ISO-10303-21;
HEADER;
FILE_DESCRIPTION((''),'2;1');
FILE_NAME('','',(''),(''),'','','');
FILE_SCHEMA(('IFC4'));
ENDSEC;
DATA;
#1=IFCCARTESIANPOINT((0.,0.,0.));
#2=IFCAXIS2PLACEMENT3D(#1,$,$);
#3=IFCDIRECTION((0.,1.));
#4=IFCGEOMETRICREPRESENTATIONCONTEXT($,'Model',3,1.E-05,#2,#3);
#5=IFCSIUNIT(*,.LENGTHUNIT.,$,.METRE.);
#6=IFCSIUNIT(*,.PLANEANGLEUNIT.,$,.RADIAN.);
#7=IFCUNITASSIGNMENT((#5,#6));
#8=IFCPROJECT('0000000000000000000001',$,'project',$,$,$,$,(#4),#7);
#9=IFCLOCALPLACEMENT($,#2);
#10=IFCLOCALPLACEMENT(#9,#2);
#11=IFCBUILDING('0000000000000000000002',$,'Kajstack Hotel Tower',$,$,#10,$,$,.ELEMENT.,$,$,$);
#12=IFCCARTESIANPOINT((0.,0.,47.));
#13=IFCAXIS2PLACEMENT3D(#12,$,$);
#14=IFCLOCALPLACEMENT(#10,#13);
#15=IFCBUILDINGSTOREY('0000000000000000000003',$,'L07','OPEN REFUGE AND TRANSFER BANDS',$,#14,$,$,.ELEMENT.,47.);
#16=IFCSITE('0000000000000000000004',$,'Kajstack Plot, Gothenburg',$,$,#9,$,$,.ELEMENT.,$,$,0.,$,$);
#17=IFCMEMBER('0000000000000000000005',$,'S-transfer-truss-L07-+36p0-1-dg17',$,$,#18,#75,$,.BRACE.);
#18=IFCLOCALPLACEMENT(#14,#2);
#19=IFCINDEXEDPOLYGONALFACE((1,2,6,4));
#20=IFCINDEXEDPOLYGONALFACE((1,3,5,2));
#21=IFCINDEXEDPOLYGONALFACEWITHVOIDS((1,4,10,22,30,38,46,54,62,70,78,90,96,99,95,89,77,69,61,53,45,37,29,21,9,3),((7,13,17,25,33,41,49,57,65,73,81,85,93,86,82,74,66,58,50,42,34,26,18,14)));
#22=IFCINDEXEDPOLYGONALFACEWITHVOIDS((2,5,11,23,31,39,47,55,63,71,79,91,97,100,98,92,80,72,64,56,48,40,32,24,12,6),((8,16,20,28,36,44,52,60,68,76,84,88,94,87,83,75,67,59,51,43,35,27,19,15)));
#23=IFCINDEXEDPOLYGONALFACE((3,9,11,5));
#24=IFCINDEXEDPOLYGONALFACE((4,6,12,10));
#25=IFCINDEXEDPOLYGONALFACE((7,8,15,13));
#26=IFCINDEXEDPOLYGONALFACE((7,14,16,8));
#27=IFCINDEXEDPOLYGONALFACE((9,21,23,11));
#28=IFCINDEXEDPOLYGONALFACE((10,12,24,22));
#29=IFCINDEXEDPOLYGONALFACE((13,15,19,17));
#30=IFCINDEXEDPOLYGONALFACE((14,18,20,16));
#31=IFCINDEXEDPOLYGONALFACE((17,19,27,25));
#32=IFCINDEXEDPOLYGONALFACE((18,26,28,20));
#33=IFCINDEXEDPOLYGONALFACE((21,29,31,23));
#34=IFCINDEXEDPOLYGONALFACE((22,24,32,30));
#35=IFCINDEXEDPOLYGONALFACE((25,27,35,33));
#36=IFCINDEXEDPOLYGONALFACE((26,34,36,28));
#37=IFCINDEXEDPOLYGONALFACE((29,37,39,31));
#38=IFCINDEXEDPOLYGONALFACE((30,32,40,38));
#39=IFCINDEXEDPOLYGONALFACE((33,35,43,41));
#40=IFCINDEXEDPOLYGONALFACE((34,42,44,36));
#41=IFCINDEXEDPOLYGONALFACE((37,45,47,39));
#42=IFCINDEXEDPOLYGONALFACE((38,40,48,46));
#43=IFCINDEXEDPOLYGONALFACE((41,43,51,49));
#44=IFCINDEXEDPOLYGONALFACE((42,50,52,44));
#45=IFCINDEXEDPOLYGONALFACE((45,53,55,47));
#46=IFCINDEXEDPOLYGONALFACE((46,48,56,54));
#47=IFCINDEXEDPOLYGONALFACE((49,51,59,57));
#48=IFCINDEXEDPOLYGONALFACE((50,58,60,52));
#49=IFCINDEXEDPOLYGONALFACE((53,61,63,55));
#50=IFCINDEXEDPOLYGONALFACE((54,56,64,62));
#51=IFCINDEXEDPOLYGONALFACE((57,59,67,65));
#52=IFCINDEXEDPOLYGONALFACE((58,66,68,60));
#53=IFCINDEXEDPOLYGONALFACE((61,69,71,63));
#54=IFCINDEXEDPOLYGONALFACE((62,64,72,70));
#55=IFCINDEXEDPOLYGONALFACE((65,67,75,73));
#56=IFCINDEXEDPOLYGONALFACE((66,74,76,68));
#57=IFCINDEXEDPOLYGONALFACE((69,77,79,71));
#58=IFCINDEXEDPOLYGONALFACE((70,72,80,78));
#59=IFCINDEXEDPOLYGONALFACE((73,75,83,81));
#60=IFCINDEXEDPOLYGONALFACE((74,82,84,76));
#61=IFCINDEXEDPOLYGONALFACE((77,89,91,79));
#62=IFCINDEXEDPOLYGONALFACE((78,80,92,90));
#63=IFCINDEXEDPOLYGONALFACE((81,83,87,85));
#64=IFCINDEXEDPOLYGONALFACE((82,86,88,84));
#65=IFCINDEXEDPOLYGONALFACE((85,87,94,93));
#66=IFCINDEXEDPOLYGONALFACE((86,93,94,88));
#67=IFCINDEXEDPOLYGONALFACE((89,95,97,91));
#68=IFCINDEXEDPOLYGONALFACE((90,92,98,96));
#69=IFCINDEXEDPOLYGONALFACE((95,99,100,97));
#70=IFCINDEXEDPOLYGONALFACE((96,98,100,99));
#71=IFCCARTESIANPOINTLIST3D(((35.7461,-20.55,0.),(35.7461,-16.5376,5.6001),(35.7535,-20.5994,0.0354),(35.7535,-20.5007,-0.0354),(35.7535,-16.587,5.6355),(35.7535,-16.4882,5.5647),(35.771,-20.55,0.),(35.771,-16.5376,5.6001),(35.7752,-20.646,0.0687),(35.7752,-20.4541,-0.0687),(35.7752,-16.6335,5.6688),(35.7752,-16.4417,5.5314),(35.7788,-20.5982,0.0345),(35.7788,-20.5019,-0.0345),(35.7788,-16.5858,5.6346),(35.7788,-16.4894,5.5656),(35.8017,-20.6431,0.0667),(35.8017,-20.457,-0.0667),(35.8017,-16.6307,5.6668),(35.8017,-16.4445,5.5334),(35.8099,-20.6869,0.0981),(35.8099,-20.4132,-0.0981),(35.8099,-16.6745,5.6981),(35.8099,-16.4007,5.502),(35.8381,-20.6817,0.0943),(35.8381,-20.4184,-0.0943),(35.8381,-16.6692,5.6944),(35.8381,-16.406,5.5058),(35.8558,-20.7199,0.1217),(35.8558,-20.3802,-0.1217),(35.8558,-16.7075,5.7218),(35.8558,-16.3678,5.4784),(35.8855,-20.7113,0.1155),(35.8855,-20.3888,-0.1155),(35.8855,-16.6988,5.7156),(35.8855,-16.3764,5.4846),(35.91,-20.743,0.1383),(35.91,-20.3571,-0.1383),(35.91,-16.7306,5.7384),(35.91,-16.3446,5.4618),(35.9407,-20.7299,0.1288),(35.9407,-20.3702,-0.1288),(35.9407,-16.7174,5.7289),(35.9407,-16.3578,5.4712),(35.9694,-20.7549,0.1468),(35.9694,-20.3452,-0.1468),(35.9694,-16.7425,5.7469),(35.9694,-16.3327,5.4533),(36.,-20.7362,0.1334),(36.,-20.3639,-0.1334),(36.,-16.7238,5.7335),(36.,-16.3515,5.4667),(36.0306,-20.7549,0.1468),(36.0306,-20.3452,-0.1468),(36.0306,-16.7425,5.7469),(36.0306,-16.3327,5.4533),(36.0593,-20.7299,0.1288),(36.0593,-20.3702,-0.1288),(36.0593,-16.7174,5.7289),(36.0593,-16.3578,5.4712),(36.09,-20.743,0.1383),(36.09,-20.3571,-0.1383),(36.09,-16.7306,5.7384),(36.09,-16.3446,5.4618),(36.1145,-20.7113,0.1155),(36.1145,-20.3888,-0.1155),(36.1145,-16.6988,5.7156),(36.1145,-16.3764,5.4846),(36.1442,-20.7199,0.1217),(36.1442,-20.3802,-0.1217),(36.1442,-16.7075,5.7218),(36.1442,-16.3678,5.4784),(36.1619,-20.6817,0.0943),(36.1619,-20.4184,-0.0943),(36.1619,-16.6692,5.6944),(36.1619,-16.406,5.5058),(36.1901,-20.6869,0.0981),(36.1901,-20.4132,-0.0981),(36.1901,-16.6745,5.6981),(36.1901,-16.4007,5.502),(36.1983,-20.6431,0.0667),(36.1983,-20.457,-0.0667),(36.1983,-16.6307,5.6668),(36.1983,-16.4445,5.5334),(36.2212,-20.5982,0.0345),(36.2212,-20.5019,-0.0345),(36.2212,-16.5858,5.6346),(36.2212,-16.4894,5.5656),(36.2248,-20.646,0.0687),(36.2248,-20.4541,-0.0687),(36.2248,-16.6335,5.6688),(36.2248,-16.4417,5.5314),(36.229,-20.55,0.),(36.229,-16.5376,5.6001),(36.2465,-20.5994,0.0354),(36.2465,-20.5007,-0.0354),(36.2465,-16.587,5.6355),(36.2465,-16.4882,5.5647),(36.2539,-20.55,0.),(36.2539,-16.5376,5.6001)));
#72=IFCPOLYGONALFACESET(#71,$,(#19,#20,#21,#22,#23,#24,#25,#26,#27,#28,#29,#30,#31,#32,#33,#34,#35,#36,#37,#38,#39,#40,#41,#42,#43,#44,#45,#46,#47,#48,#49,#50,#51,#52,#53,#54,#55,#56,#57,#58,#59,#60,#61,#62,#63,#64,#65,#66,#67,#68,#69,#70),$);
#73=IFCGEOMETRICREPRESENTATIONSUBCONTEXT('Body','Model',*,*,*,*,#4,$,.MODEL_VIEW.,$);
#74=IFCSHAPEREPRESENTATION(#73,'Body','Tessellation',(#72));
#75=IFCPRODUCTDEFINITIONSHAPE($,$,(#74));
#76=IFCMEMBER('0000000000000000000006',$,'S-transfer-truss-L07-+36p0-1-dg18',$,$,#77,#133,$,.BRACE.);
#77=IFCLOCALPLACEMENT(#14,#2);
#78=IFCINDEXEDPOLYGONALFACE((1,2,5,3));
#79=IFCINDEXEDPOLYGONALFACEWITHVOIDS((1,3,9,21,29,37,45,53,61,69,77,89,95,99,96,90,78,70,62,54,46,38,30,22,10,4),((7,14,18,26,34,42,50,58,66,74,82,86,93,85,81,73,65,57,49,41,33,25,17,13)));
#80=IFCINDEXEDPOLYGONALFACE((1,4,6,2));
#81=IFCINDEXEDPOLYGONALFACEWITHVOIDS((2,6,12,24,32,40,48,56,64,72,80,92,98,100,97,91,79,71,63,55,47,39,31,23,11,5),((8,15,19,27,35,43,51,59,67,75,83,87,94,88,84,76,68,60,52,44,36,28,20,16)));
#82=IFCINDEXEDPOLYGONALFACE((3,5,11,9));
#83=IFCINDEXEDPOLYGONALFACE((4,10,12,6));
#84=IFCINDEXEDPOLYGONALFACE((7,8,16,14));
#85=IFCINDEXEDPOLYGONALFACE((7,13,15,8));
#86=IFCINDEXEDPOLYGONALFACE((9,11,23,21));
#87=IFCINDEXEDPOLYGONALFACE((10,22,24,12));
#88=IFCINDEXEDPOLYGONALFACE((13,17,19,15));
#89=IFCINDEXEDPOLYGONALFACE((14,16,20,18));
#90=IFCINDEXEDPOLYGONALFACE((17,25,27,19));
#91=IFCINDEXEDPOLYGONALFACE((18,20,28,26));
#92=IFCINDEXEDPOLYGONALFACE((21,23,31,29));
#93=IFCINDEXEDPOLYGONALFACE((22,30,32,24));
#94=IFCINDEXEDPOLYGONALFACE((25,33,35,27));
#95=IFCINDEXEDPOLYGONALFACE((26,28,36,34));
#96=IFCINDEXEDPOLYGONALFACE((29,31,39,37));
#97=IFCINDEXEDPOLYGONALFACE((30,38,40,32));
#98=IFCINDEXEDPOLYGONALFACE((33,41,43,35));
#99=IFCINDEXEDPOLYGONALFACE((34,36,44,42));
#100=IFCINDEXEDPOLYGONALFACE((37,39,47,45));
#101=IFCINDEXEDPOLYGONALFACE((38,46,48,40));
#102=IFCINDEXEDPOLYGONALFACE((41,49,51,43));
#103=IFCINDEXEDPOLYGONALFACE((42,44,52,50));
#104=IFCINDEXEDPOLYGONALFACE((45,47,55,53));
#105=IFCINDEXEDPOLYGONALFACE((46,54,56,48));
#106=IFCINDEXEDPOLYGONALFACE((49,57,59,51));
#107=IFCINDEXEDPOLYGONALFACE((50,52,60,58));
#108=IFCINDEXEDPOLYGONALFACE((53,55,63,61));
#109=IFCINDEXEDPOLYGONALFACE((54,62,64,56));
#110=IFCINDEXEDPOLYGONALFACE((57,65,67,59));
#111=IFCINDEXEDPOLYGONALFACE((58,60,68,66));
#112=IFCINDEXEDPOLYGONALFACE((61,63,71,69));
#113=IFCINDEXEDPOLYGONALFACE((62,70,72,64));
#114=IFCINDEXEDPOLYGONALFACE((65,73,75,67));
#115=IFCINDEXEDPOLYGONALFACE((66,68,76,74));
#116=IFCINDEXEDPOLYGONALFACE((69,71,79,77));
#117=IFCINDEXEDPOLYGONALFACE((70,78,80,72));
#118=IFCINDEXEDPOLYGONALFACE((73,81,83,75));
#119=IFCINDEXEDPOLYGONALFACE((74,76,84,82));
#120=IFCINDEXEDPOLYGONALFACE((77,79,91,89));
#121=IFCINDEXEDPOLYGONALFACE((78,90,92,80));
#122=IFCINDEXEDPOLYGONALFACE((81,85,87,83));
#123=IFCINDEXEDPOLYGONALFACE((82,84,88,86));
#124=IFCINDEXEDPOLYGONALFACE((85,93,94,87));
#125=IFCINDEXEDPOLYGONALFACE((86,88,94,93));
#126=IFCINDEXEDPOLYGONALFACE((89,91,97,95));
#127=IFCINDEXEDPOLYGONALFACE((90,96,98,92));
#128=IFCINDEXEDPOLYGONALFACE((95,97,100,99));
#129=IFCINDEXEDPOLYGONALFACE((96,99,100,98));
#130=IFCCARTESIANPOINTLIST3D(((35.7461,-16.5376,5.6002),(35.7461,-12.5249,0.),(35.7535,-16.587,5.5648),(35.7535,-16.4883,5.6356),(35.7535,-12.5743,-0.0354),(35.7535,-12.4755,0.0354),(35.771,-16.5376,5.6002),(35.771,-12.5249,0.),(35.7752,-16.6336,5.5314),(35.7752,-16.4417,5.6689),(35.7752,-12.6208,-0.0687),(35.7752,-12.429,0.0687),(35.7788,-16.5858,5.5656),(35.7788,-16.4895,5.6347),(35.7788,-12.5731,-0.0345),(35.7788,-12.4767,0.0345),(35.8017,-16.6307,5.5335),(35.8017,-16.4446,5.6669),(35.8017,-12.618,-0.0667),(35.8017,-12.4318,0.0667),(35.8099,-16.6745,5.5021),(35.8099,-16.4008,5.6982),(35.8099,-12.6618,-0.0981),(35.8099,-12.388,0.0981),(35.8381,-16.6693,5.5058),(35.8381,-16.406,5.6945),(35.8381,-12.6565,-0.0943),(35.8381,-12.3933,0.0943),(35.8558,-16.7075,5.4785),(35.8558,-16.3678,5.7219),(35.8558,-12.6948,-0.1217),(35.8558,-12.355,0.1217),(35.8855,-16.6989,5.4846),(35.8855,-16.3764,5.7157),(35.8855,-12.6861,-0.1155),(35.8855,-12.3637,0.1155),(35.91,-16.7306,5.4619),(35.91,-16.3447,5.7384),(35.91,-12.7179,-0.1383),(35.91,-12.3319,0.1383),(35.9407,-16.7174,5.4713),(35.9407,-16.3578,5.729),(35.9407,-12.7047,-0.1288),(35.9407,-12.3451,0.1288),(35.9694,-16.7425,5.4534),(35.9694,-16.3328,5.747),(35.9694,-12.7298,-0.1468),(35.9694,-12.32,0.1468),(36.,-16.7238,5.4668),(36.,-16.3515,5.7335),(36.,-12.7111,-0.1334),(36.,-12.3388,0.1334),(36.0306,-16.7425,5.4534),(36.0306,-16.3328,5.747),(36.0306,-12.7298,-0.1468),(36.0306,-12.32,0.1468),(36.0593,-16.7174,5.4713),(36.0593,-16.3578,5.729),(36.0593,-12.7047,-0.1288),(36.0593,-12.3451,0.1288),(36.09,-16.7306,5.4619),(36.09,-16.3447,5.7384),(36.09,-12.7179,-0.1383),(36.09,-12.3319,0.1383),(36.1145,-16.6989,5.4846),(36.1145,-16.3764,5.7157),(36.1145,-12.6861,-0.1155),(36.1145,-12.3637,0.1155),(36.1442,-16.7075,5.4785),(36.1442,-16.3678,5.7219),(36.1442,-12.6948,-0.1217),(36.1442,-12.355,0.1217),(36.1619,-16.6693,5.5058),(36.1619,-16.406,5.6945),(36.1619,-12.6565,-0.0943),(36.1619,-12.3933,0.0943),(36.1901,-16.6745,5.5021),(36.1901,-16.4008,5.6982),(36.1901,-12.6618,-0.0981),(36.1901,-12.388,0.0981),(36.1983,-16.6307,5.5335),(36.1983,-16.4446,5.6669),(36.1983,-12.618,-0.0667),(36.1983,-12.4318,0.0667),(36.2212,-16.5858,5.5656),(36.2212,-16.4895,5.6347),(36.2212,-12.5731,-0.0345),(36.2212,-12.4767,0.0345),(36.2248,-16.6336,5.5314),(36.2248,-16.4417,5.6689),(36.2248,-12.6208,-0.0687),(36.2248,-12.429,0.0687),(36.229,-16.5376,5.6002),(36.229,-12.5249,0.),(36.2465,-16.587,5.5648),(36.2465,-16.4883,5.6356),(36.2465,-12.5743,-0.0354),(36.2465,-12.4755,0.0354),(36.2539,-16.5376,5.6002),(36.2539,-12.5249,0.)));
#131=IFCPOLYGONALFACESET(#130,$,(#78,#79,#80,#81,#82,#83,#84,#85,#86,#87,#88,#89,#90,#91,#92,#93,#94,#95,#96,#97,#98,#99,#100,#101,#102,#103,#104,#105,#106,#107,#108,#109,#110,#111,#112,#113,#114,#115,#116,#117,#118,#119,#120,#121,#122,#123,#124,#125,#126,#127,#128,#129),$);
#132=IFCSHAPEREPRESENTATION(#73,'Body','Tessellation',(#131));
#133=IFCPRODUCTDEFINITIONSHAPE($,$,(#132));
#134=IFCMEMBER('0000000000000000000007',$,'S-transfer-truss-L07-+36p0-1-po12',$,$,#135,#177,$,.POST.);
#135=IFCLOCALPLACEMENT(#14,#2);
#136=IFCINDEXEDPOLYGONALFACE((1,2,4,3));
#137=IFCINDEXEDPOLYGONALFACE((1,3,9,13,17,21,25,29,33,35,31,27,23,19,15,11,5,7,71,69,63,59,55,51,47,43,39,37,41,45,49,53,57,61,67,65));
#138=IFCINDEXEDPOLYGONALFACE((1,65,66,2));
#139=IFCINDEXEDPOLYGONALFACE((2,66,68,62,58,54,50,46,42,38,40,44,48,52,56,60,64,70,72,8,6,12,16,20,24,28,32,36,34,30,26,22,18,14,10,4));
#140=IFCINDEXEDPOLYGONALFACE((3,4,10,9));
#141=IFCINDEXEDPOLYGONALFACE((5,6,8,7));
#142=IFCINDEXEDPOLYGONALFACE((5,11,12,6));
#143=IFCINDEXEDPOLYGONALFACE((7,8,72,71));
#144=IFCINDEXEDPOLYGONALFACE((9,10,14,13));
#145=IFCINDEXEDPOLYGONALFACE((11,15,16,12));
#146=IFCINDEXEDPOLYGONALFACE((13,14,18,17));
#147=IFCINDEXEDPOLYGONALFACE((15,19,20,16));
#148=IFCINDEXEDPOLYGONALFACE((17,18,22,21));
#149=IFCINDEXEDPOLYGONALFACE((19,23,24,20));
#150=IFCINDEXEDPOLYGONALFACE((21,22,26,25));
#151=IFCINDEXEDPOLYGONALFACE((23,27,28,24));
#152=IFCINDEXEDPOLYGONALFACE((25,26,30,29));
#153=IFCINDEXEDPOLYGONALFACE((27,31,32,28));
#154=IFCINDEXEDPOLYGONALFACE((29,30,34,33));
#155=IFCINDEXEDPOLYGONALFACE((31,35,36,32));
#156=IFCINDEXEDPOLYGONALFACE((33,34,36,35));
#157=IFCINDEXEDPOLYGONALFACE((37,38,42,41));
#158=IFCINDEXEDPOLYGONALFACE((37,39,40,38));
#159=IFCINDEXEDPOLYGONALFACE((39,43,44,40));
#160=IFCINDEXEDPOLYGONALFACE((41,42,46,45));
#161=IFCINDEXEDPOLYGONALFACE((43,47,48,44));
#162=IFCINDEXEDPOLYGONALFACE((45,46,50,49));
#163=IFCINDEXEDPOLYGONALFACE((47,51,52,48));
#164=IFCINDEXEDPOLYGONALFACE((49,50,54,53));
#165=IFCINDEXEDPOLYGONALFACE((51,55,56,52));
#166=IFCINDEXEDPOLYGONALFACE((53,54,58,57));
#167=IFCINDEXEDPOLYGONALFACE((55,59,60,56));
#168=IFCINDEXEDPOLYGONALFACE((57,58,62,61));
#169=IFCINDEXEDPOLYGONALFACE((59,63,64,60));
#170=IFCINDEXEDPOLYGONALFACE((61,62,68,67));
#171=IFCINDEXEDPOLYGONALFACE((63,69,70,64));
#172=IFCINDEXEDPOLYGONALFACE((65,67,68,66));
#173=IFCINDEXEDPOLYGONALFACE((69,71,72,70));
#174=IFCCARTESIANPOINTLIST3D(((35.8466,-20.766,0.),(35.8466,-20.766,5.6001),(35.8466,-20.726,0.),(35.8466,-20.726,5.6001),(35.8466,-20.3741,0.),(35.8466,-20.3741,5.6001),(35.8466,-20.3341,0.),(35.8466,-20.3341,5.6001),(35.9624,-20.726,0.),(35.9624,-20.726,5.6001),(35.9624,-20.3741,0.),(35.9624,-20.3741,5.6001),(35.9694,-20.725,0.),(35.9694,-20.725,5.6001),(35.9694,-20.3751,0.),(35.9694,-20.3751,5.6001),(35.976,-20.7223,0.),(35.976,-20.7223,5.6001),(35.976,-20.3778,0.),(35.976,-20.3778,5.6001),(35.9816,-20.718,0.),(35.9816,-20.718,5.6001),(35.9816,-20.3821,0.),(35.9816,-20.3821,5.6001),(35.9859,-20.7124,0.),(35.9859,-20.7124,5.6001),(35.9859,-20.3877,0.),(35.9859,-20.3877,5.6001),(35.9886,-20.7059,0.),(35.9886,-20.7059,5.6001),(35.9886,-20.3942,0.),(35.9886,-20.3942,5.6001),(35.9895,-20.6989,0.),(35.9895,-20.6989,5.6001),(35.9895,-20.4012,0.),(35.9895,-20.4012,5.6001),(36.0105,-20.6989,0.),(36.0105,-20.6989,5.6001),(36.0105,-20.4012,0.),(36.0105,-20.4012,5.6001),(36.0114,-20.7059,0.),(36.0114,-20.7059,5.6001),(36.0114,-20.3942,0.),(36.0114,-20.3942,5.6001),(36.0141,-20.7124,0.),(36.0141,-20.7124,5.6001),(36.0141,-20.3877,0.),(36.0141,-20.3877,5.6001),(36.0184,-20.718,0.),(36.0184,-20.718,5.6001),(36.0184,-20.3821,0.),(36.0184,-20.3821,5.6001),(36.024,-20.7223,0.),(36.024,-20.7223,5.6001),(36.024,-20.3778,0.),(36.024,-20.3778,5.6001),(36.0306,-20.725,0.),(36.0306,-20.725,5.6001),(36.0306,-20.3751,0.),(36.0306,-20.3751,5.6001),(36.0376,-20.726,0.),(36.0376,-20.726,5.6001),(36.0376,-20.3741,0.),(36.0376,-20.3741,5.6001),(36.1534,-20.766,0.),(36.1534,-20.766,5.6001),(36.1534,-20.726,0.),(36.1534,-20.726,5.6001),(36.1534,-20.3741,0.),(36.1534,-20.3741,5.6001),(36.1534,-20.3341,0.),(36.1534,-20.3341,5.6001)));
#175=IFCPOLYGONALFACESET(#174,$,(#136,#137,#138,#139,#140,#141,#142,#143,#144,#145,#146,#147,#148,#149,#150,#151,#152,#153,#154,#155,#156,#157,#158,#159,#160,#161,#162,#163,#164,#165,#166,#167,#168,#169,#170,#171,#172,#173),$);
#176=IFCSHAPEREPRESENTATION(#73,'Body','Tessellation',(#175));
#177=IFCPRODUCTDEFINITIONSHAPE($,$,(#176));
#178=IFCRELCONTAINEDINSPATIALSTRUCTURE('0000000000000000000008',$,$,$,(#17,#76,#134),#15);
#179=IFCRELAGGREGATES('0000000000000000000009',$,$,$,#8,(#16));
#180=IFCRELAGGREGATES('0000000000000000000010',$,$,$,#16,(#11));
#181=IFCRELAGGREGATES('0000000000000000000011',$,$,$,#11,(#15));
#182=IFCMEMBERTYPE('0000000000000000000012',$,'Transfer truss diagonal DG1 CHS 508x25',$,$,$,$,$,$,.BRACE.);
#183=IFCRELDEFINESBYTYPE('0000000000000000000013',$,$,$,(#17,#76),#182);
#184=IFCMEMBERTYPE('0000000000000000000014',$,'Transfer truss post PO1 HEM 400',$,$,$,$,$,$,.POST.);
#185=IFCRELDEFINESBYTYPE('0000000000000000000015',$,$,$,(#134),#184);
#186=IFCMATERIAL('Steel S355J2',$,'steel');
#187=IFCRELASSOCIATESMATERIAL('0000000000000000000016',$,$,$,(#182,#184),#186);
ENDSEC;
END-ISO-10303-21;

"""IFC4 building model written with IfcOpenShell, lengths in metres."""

from ifc_helpers import new_model, si_unit, direction, frame, origin, origin_2d, place, context, subcontext, project, spatial, hollow_circle, i_section, extrude, material, material_profile, profile_set, type_object, element, save


model = new_model("IFC4")

# Units and contexts
model_context = context("Model", 3, precision=1e-05, world=origin(), true_north=direction((0.0, 1.0)))
body_context = subcontext(model_context, "Body", "Model", "MODEL_VIEW")
ifc_project = project(units=[si_unit("LENGTHUNIT", "METRE"), si_unit("PLANEANGLEUNIT", "RADIAN")], contexts=[model_context])

# Site, building, storey
site_placement = place(None, origin())
site = spatial("IfcSite", under=ifc_project, at=site_placement, Name="Kajstack Plot, Gothenburg", CompositionType="ELEMENT", RefElevation=0.0)
building_placement = place(site_placement, origin())
building = spatial("IfcBuilding", under=site, at=building_placement, Name="Kajstack Hotel Tower", CompositionType="ELEMENT")
storey_placement = place(building_placement, frame((0.0, 0.0, 47.0)))
storey = spatial("IfcBuildingStorey", under=building, at=storey_placement, Name="L07", Description="OPEN REFUGE AND TRANSFER BANDS", CompositionType="ELEMENT", Elevation=47.0)

# Members
ifc_material_1 = material(Name="Steel S355J2", Category="steel")
ifc_material_profile_1 = material_profile(ifc_material_1, hollow_circle(Radius=0.2539, WallThickness=0.0249, at=origin_2d()), Name="CHS 508x25")
ifc_profile_set_1 = profile_set([ifc_material_profile_1], Name="Steel S355J2")
member_type_1 = type_object("IfcMemberType", Name="Transfer truss diagonal DG1 CHS 508x25", PredefinedType="BRACE", material=ifc_profile_set_1)
member_1_placement = place(storey_placement, frame((36.0, -20.55, 0.0), z_axis=(0.0, 0.582428, 0.812883), x_axis=(-1.0, 0.0, 0.0)))
element("IfcMember", 1, at=member_1_placement, inside=storey, type_object=member_type_1, Name="S-transfer-truss-L07-+36p0-1-dg17", PredefinedType="BRACE", context=body_context, shape_type="SweptSolid", body=[
    extrude(hollow_circle(Radius=0.2539, WallThickness=0.0249, at=origin_2d()), origin(), (0.0, 0.0, 1.0), 6.8892),
])
member_2_placement = place(storey_placement, frame((36.0, -12.5249, 0.0), z_axis=(0.0, -0.582451, 0.812866), x_axis=(1.0, 0.0, 0.0)))
element("IfcMember", 2, at=member_2_placement, inside=storey, type_object=member_type_1, Name="S-transfer-truss-L07-+36p0-1-dg18", PredefinedType="BRACE", context=body_context, shape_type="SweptSolid", body=[
    extrude(hollow_circle(Radius=0.2539, WallThickness=0.0249, at=origin_2d()), origin(), (0.0, 0.0, 1.0), 6.8894),
])
ifc_material_profile_2 = material_profile(ifc_material_1, i_section(OverallWidth=0.3069, OverallDepth=0.4319, WebThickness=0.021, FlangeThickness=0.04, FilletRadius=0.0271, at=origin_2d()), Name="HEM 400")
ifc_profile_set_2 = profile_set([ifc_material_profile_2], Name="Steel S355J2")
member_type_2 = type_object("IfcMemberType", Name="Transfer truss post PO1 HEM 400", PredefinedType="POST", material=ifc_profile_set_2)
for number, where, z_axis, x_axis, name in (
    (3, (36.0, -20.55, 0.0), (0.0, 0.0, 1.0), (1.0, 0.0, 0.0), "S-transfer-truss-L07-+36p0-1-po12"),
):
    element("IfcMember", number, at=place(storey_placement, frame(where, z_axis=z_axis, x_axis=x_axis)), inside=storey, type_object=member_type_2, Name=name, PredefinedType="POST", context=body_context, shape_type="SweptSolid", body=[
        extrude(i_section(OverallWidth=0.3069, OverallDepth=0.4319, WebThickness=0.021, FlangeThickness=0.04, FilletRadius=0.0271, at=origin_2d()), origin(), (0.0, 0.0, 1.0), 5.6001),
    ])

save(model, "model.ifc")
